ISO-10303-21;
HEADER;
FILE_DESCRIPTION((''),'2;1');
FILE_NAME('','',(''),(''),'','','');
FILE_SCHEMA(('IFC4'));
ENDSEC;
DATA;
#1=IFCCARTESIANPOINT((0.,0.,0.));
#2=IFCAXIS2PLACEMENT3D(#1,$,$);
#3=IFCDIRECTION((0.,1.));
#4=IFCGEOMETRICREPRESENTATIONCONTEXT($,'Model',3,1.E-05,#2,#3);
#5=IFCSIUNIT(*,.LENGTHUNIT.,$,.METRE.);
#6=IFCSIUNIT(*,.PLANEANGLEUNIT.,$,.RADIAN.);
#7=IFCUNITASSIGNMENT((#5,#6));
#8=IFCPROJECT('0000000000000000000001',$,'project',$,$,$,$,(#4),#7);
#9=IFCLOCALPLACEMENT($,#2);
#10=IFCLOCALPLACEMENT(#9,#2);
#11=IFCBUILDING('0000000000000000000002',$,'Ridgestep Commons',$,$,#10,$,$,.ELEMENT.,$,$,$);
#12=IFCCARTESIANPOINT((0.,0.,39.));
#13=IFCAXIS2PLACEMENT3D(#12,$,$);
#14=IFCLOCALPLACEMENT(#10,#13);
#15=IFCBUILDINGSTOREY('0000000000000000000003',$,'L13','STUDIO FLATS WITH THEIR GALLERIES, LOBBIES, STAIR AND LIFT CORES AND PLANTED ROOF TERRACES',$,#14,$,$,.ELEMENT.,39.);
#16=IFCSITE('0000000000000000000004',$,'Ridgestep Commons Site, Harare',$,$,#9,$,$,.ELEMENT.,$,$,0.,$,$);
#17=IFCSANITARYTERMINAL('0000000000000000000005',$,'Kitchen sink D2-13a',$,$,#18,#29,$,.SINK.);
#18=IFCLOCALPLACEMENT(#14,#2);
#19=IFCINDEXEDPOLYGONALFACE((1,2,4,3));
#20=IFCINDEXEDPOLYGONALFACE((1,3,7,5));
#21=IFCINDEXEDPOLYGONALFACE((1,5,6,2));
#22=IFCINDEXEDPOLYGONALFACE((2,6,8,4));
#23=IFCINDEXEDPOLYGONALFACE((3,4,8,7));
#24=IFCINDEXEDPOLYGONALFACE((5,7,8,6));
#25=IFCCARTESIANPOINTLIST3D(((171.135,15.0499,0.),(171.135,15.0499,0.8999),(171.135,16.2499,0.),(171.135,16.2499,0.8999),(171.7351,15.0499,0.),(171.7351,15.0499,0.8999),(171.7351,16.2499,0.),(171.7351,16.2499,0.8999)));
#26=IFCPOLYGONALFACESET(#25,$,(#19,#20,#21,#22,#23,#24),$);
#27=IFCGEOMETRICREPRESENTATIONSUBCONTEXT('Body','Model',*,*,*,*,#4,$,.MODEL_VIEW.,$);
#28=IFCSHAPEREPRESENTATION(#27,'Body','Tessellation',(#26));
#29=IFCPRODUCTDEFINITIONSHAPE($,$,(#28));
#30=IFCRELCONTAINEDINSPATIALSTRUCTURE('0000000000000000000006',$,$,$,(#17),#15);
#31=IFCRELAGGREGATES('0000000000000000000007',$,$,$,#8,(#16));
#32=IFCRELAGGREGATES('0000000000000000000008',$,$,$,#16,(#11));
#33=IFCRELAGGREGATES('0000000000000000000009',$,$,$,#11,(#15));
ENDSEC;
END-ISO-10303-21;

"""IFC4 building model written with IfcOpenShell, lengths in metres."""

from ifc_helpers import new_model, si_unit, direction, frame, origin, origin_2d, place, context, subcontext, project, spatial, rectangle, extrude, element, save


model = new_model("IFC4")

# Units and contexts
model_context = context("Model", 3, precision=1e-05, world=origin(), true_north=direction((0.0, 1.0)))
body_context = subcontext(model_context, "Body", "Model", "MODEL_VIEW")
ifc_project = project(units=[si_unit("LENGTHUNIT", "METRE"), si_unit("PLANEANGLEUNIT", "RADIAN")], contexts=[model_context])

# Site, building, storey
site_placement = place(None, origin())
site = spatial("IfcSite", under=ifc_project, at=site_placement, Name="Ridgestep Commons Site, Harare", CompositionType="ELEMENT", RefElevation=0.0)
building_placement = place(site_placement, origin())
building = spatial("IfcBuilding", under=site, at=building_placement, Name="Ridgestep Commons", CompositionType="ELEMENT")
storey_placement = place(building_placement, frame((0.0, 0.0, 39.0)))
storey = spatial("IfcBuildingStorey", under=building, at=storey_placement, Name="L13", Description="STUDIO FLATS WITH THEIR GALLERIES, LOBBIES, STAIR AND LIFT CORES AND PLANTED ROOF TERRACES", CompositionType="ELEMENT", Elevation=39.0)

# Sanitary terminal
sanitary_terminal_1_placement = place(storey_placement, frame((171.4351, 15.6499, 0.0), z_axis=(0.0, 0.0, 1.0), x_axis=(1.0, 0.0, 0.0)))
element("IfcSanitaryTerminal", 1, at=sanitary_terminal_1_placement, inside=storey, Name="Kitchen sink D2-13a", PredefinedType="SINK", context=body_context, shape_type="SweptSolid", body=[
    extrude(rectangle(XDim=0.6001, YDim=1.2, at=origin_2d()), origin(), (0.0, 0.0, 1.0), 0.8999),
])

save(model, "model.ifc")
